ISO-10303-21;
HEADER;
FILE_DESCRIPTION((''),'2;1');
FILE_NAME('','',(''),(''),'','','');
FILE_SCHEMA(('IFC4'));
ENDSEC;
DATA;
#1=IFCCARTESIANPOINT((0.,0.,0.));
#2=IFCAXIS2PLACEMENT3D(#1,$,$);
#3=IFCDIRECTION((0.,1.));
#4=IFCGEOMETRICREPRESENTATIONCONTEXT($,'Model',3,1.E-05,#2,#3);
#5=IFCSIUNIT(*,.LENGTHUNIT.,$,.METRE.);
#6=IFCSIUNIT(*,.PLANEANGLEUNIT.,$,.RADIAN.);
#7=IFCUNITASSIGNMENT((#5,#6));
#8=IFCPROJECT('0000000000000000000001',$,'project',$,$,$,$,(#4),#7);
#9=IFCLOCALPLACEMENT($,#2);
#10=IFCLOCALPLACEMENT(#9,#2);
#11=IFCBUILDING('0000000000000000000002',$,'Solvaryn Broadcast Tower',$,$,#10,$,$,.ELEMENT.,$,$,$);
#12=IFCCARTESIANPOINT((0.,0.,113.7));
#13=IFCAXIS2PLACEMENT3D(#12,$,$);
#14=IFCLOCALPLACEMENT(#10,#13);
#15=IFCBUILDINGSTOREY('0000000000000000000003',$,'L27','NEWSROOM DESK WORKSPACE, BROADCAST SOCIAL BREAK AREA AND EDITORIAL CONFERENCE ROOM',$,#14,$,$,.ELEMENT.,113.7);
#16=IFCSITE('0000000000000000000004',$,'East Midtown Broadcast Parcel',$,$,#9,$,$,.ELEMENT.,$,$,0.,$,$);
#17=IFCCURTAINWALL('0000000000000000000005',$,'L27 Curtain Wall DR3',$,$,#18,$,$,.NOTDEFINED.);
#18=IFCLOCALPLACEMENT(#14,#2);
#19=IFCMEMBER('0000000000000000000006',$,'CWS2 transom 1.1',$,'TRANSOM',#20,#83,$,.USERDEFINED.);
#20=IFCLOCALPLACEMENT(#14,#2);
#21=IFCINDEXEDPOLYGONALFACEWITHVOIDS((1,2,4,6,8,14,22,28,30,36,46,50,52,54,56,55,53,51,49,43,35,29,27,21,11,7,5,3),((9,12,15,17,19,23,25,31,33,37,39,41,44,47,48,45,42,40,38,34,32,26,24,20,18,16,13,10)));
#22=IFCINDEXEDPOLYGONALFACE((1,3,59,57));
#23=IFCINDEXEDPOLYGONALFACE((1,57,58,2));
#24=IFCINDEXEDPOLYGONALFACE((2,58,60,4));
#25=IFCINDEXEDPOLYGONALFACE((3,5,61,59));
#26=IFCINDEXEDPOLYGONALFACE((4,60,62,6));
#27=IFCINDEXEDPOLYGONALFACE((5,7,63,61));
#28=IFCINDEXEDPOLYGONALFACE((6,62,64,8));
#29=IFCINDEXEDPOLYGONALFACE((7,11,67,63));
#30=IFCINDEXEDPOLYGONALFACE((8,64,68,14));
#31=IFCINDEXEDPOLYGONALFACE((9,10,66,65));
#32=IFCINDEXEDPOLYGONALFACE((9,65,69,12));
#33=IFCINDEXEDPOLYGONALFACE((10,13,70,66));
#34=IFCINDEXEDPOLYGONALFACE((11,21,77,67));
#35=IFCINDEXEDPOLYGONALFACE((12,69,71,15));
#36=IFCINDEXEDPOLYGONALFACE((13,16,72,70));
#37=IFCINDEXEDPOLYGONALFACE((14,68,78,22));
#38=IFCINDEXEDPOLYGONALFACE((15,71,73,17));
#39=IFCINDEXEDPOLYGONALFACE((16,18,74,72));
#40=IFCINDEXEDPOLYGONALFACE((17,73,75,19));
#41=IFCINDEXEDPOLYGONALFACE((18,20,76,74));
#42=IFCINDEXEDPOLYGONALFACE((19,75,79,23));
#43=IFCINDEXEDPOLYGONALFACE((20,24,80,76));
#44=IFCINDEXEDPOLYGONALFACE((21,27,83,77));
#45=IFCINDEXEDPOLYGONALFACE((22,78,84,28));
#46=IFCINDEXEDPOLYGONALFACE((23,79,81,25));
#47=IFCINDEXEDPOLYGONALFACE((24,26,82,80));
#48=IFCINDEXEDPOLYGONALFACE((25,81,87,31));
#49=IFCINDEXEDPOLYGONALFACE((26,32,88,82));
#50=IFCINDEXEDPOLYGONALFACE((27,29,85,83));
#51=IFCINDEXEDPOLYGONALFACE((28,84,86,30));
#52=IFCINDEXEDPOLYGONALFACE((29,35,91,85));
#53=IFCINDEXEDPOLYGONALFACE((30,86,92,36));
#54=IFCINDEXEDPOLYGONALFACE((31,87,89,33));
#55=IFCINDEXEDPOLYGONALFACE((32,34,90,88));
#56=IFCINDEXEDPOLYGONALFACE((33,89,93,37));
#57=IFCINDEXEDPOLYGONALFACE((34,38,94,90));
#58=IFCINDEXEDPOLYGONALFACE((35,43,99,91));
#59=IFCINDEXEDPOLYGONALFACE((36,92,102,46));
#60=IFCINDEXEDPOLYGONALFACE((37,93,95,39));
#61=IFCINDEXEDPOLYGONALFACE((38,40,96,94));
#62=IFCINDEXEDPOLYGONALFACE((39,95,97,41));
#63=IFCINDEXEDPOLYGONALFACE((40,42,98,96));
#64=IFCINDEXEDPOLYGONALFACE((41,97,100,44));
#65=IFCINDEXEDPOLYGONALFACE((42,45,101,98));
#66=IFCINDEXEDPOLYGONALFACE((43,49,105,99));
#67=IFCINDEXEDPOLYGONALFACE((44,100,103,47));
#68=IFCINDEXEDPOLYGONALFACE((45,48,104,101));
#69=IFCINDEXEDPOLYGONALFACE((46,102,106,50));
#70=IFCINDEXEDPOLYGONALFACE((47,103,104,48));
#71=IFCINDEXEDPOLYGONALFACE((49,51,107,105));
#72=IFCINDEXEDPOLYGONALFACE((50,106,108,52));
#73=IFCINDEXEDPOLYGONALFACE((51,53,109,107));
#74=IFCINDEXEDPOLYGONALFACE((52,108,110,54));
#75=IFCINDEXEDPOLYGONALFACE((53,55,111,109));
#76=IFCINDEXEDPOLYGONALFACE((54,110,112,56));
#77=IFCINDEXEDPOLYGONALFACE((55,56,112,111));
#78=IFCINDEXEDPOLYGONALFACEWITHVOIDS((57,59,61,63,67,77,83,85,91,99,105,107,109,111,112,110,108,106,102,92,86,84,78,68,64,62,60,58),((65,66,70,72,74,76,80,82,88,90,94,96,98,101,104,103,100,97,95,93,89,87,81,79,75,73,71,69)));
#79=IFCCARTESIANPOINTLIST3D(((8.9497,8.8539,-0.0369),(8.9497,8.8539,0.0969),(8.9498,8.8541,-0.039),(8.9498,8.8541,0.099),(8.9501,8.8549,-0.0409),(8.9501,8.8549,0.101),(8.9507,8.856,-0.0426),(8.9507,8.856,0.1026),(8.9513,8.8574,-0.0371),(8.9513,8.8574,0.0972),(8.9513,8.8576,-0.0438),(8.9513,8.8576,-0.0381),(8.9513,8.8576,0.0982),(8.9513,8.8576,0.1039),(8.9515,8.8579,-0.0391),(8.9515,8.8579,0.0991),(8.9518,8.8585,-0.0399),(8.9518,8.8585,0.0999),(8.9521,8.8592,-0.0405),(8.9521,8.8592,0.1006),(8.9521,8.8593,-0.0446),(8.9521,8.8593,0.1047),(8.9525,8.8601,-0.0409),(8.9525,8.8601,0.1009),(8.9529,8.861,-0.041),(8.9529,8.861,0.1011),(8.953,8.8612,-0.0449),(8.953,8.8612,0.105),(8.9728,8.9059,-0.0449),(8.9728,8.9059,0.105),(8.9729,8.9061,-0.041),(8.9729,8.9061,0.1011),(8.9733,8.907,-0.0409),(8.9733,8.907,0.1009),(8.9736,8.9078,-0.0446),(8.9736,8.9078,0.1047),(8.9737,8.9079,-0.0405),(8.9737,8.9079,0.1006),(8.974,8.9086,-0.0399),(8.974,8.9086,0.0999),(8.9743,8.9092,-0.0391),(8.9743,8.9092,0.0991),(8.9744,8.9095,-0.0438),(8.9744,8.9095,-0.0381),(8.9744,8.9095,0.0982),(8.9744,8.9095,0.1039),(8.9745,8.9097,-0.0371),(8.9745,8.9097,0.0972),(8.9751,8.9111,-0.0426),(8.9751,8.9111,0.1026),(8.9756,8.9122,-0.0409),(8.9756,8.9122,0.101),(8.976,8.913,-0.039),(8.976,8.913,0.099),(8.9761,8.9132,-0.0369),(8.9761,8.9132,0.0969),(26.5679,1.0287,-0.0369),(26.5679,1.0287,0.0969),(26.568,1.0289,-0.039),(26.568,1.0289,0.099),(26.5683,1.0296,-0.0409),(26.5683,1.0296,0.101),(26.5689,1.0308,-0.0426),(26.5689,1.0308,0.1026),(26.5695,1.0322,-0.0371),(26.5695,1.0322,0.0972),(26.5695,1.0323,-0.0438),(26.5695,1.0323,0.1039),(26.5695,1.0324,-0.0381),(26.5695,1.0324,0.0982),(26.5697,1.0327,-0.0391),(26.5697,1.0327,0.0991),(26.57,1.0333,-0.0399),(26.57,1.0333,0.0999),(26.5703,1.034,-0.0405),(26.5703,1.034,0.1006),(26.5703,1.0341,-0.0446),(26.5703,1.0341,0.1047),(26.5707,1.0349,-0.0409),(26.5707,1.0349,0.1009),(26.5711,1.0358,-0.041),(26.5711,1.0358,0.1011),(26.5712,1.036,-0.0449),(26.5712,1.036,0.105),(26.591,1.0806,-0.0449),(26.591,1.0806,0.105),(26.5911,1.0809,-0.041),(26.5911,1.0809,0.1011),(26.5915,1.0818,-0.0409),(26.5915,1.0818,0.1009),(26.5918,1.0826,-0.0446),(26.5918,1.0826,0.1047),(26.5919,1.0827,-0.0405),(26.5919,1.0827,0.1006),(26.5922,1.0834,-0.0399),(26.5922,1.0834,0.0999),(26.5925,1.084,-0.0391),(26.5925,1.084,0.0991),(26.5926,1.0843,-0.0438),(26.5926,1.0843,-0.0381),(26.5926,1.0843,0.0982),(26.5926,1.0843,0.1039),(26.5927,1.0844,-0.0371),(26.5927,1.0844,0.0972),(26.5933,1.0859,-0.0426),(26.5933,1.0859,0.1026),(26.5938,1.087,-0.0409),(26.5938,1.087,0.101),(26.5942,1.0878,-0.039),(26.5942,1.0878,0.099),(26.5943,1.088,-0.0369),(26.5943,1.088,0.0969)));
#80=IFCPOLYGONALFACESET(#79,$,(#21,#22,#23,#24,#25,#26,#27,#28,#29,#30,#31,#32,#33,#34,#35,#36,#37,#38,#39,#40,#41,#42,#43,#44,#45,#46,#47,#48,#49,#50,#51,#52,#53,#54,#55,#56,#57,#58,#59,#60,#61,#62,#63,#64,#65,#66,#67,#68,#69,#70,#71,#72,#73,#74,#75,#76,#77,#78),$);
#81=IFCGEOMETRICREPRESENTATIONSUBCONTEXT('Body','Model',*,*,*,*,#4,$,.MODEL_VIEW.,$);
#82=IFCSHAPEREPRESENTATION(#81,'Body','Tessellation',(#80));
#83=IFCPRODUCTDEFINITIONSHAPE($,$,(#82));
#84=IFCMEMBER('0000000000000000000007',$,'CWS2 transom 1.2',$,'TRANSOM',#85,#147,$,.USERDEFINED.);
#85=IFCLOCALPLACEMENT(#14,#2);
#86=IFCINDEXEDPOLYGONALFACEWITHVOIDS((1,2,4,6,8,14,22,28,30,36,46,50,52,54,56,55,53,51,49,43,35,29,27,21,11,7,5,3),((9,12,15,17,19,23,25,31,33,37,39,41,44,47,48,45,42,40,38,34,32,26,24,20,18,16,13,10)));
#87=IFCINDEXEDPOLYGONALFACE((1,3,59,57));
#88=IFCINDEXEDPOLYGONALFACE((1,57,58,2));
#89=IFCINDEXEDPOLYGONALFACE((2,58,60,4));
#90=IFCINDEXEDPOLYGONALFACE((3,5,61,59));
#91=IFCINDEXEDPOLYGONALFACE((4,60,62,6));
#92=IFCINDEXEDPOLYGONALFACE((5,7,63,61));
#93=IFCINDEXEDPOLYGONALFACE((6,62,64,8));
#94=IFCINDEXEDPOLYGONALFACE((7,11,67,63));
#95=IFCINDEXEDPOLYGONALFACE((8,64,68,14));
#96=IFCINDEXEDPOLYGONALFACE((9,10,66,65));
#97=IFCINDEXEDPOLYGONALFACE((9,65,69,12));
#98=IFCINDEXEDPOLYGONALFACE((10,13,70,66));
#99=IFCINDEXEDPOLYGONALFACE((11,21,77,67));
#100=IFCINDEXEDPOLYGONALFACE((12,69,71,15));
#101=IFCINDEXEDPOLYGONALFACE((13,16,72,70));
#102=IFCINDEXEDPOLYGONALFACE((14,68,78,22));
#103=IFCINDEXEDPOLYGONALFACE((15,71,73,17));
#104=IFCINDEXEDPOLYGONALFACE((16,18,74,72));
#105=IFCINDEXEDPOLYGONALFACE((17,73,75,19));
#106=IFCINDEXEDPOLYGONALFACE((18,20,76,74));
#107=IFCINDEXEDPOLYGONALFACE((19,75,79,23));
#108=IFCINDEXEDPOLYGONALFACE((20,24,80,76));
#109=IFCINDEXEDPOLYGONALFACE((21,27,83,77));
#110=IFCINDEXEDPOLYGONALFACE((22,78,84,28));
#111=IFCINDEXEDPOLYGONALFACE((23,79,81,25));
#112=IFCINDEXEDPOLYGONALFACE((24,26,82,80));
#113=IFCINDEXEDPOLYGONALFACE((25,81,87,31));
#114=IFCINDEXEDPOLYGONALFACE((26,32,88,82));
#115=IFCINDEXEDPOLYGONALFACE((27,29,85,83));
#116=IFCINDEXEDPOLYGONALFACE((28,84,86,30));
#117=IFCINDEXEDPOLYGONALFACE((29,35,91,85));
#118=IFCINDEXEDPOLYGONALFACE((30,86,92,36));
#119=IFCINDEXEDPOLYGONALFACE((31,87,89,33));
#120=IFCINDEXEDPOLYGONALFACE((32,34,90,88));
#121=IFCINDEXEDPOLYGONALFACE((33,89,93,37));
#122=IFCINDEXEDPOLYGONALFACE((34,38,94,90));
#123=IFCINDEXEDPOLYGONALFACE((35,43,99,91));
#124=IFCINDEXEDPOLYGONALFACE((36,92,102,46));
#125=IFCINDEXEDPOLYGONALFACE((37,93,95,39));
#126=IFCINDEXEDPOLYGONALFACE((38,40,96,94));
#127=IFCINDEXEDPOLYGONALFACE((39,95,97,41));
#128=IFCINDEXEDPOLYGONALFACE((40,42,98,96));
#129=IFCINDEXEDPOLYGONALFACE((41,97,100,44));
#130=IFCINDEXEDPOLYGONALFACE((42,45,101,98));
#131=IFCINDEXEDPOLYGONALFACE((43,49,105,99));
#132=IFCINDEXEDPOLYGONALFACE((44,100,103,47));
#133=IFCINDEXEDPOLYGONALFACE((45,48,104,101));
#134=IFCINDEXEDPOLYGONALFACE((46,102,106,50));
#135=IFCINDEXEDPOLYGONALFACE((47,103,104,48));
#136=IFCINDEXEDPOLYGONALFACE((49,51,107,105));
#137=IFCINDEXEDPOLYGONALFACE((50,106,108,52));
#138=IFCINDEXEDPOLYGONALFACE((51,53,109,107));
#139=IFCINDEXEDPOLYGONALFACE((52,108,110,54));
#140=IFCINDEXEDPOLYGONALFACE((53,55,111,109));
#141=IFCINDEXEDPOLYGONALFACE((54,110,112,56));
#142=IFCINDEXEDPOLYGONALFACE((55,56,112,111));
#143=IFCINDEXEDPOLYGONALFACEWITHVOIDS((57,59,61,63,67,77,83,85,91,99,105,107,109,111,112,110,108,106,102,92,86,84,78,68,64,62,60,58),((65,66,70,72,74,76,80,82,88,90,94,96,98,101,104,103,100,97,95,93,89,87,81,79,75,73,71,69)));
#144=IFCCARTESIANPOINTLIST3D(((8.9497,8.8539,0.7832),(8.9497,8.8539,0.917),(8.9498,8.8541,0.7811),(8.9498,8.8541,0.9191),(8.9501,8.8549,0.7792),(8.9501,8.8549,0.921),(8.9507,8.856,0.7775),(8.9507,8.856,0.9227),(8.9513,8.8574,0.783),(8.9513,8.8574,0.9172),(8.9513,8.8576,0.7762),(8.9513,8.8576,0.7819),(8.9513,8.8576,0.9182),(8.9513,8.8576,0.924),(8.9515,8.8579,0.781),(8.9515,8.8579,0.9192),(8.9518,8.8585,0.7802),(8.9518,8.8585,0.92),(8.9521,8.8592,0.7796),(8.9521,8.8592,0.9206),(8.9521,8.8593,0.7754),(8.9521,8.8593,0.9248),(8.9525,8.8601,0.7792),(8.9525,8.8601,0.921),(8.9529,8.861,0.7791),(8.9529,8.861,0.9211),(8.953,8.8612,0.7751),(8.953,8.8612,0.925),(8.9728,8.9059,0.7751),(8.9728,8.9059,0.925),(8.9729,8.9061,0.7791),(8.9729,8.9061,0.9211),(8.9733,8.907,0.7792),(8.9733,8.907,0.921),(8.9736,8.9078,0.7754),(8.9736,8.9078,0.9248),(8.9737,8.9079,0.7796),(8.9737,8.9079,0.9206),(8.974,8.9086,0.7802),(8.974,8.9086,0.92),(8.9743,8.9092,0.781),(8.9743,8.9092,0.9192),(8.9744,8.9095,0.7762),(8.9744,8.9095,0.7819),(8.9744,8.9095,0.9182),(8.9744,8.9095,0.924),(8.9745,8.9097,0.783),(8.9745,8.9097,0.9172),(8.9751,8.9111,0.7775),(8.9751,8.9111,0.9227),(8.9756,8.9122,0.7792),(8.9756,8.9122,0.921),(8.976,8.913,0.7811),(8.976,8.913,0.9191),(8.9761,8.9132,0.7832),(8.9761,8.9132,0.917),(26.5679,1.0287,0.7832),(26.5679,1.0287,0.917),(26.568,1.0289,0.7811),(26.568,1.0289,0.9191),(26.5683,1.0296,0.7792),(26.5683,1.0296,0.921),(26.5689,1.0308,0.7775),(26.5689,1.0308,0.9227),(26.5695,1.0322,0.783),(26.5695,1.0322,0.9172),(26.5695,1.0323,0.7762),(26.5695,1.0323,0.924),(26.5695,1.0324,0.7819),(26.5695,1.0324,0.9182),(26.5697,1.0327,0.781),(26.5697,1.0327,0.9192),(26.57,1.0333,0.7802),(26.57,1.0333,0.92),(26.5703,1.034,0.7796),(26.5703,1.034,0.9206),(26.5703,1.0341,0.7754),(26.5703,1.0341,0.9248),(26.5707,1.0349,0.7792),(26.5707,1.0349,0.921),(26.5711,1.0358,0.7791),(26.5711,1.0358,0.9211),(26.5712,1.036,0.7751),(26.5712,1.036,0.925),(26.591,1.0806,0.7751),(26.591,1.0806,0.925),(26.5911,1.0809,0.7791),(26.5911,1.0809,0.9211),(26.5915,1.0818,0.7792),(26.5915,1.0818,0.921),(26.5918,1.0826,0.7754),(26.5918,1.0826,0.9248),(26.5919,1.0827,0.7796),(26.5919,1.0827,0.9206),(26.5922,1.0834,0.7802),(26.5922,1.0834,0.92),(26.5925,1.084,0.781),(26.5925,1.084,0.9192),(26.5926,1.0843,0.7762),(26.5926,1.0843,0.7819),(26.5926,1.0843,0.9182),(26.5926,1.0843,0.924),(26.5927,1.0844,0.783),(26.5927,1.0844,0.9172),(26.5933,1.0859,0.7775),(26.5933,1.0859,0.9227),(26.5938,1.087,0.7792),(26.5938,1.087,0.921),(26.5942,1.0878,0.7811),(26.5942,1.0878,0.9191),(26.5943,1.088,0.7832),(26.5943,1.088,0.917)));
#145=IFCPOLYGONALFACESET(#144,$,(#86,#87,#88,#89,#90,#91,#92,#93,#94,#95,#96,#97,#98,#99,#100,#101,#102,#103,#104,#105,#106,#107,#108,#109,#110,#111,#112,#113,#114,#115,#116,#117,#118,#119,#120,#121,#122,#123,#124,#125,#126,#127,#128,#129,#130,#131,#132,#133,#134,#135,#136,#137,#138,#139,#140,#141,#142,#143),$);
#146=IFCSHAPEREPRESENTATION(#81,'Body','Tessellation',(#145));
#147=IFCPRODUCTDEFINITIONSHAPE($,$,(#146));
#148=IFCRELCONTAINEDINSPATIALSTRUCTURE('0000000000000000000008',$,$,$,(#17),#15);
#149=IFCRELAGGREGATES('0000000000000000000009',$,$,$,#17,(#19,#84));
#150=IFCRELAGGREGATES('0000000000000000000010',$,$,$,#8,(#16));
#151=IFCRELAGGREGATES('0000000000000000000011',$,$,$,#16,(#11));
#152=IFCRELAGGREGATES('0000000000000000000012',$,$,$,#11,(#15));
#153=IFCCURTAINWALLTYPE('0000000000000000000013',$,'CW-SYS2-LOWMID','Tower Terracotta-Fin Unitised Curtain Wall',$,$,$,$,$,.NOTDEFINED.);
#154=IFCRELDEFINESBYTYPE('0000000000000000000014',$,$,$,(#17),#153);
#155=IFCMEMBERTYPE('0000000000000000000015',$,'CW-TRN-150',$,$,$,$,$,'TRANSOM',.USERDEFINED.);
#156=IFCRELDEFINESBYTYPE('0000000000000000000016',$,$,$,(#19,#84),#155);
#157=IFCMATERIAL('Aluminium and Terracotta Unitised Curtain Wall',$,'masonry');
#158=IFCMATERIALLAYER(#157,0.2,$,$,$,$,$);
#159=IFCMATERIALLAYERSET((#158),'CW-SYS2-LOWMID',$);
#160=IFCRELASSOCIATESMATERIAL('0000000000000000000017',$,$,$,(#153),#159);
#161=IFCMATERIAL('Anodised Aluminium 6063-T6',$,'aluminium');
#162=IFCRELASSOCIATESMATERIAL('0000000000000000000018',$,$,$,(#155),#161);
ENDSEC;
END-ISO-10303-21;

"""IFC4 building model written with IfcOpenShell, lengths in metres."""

from ifc_helpers import new_model, si_unit, direction, frame, origin, origin_2d, place, context, subcontext, project, spatial, hollow_rectangle, extrude, material, layer, layer_set, material_profile, profile_set, type_object, element, aggregate, save


model = new_model("IFC4")

# Units and contexts
model_context = context("Model", 3, precision=1e-05, world=origin(), true_north=direction((0.0, 1.0)))
body_context = subcontext(model_context, "Body", "Model", "MODEL_VIEW")
ifc_project = project(units=[si_unit("LENGTHUNIT", "METRE"), si_unit("PLANEANGLEUNIT", "RADIAN")], contexts=[model_context])

# Site, building, storey
site_placement = place(None, origin())
site = spatial("IfcSite", under=ifc_project, at=site_placement, Name="East Midtown Broadcast Parcel", CompositionType="ELEMENT", RefElevation=0.0)
building_placement = place(site_placement, origin())
building = spatial("IfcBuilding", under=site, at=building_placement, Name="Solvaryn Broadcast Tower", CompositionType="ELEMENT")
storey_placement = place(building_placement, frame((0.0, 0.0, 113.7)))
storey = spatial("IfcBuildingStorey", under=building, at=storey_placement, Name="L27", Description="NEWSROOM DESK WORKSPACE, BROADCAST SOCIAL BREAK AREA AND EDITORIAL CONFERENCE ROOM", CompositionType="ELEMENT", Elevation=113.7)

# Shared definitions
ifc_material_1 = material(Name="Aluminium and Terracotta Unitised Curtain Wall", Category="masonry")
ifc_layer_1 = layer(ifc_material_1, 0.2)
ifc_layer_set_1 = layer_set([ifc_layer_1], Name="CW-SYS2-LOWMID")
curtain_wall_type = type_object("IfcCurtainWallType", Name="CW-SYS2-LOWMID", Description="Tower Terracotta-Fin Unitised Curtain Wall", PredefinedType="NOTDEFINED", material=ifc_layer_set_1)

# Curtain wall, members
curtain_wall_1_placement = place(storey_placement, origin())
curtain_wall_1 = element("IfcCurtainWall", 1, at=curtain_wall_1_placement, inside=storey, type_object=curtain_wall_type, Name="L27 Curtain Wall DR3", PredefinedType="NOTDEFINED")
ifc_material_2 = material(Name="Anodised Aluminium 6063-T6", Category="aluminium")
ifc_material_profile_1 = material_profile(ifc_material_2, hollow_rectangle(XDim=0.0649, YDim=0.1499, WallThickness=0.0039, InnerFilletRadius=0.0039, OuterFilletRadius=0.0081, at=origin_2d()))
ifc_profile_set_1 = profile_set([ifc_material_profile_1], Name="Anodised Aluminium 6063-T6")
member_type_1 = type_object("IfcMemberType", Name="CW-TRN-150", ElementType="TRANSOM", PredefinedType="USERDEFINED", material=ifc_profile_set_1)
member_1_placement = place(storey_placement, frame((8.9629, 8.8835, 0.03), z_axis=(0.91391, -0.405918, 0.0), x_axis=(0.405918, 0.91391, 0.0)))
member_1 = element("IfcMember", 2, at=member_1_placement, type_object=member_type_1, Name="CWS2 transom 1.1", ObjectType="TRANSOM", PredefinedType="USERDEFINED", context=body_context, shape_type="SweptSolid", body=[
    extrude(hollow_rectangle(XDim=0.0649, YDim=0.1499, WallThickness=0.0039, InnerFilletRadius=0.0039, OuterFilletRadius=0.0081, at=origin_2d()), origin(), (0.0, 0.0, 1.0), 19.2778),
])
member_2_placement = place(storey_placement, frame((8.9629, 8.8835, 0.8501), z_axis=(0.91391, -0.405918, 0.0), x_axis=(0.405918, 0.91391, 0.0)))
member_2 = element("IfcMember", 3, at=member_2_placement, type_object=member_type_1, Name="CWS2 transom 1.2", ObjectType="TRANSOM", PredefinedType="USERDEFINED", context=body_context, shape_type="SweptSolid", body=[
    extrude(hollow_rectangle(XDim=0.0649, YDim=0.1499, WallThickness=0.0039, InnerFilletRadius=0.0039, OuterFilletRadius=0.0081, at=origin_2d()), origin(), (0.0, 0.0, 1.0), 19.2778),
])
aggregate(curtain_wall_1, [member_1, member_2])

save(model, "model.ifc")
